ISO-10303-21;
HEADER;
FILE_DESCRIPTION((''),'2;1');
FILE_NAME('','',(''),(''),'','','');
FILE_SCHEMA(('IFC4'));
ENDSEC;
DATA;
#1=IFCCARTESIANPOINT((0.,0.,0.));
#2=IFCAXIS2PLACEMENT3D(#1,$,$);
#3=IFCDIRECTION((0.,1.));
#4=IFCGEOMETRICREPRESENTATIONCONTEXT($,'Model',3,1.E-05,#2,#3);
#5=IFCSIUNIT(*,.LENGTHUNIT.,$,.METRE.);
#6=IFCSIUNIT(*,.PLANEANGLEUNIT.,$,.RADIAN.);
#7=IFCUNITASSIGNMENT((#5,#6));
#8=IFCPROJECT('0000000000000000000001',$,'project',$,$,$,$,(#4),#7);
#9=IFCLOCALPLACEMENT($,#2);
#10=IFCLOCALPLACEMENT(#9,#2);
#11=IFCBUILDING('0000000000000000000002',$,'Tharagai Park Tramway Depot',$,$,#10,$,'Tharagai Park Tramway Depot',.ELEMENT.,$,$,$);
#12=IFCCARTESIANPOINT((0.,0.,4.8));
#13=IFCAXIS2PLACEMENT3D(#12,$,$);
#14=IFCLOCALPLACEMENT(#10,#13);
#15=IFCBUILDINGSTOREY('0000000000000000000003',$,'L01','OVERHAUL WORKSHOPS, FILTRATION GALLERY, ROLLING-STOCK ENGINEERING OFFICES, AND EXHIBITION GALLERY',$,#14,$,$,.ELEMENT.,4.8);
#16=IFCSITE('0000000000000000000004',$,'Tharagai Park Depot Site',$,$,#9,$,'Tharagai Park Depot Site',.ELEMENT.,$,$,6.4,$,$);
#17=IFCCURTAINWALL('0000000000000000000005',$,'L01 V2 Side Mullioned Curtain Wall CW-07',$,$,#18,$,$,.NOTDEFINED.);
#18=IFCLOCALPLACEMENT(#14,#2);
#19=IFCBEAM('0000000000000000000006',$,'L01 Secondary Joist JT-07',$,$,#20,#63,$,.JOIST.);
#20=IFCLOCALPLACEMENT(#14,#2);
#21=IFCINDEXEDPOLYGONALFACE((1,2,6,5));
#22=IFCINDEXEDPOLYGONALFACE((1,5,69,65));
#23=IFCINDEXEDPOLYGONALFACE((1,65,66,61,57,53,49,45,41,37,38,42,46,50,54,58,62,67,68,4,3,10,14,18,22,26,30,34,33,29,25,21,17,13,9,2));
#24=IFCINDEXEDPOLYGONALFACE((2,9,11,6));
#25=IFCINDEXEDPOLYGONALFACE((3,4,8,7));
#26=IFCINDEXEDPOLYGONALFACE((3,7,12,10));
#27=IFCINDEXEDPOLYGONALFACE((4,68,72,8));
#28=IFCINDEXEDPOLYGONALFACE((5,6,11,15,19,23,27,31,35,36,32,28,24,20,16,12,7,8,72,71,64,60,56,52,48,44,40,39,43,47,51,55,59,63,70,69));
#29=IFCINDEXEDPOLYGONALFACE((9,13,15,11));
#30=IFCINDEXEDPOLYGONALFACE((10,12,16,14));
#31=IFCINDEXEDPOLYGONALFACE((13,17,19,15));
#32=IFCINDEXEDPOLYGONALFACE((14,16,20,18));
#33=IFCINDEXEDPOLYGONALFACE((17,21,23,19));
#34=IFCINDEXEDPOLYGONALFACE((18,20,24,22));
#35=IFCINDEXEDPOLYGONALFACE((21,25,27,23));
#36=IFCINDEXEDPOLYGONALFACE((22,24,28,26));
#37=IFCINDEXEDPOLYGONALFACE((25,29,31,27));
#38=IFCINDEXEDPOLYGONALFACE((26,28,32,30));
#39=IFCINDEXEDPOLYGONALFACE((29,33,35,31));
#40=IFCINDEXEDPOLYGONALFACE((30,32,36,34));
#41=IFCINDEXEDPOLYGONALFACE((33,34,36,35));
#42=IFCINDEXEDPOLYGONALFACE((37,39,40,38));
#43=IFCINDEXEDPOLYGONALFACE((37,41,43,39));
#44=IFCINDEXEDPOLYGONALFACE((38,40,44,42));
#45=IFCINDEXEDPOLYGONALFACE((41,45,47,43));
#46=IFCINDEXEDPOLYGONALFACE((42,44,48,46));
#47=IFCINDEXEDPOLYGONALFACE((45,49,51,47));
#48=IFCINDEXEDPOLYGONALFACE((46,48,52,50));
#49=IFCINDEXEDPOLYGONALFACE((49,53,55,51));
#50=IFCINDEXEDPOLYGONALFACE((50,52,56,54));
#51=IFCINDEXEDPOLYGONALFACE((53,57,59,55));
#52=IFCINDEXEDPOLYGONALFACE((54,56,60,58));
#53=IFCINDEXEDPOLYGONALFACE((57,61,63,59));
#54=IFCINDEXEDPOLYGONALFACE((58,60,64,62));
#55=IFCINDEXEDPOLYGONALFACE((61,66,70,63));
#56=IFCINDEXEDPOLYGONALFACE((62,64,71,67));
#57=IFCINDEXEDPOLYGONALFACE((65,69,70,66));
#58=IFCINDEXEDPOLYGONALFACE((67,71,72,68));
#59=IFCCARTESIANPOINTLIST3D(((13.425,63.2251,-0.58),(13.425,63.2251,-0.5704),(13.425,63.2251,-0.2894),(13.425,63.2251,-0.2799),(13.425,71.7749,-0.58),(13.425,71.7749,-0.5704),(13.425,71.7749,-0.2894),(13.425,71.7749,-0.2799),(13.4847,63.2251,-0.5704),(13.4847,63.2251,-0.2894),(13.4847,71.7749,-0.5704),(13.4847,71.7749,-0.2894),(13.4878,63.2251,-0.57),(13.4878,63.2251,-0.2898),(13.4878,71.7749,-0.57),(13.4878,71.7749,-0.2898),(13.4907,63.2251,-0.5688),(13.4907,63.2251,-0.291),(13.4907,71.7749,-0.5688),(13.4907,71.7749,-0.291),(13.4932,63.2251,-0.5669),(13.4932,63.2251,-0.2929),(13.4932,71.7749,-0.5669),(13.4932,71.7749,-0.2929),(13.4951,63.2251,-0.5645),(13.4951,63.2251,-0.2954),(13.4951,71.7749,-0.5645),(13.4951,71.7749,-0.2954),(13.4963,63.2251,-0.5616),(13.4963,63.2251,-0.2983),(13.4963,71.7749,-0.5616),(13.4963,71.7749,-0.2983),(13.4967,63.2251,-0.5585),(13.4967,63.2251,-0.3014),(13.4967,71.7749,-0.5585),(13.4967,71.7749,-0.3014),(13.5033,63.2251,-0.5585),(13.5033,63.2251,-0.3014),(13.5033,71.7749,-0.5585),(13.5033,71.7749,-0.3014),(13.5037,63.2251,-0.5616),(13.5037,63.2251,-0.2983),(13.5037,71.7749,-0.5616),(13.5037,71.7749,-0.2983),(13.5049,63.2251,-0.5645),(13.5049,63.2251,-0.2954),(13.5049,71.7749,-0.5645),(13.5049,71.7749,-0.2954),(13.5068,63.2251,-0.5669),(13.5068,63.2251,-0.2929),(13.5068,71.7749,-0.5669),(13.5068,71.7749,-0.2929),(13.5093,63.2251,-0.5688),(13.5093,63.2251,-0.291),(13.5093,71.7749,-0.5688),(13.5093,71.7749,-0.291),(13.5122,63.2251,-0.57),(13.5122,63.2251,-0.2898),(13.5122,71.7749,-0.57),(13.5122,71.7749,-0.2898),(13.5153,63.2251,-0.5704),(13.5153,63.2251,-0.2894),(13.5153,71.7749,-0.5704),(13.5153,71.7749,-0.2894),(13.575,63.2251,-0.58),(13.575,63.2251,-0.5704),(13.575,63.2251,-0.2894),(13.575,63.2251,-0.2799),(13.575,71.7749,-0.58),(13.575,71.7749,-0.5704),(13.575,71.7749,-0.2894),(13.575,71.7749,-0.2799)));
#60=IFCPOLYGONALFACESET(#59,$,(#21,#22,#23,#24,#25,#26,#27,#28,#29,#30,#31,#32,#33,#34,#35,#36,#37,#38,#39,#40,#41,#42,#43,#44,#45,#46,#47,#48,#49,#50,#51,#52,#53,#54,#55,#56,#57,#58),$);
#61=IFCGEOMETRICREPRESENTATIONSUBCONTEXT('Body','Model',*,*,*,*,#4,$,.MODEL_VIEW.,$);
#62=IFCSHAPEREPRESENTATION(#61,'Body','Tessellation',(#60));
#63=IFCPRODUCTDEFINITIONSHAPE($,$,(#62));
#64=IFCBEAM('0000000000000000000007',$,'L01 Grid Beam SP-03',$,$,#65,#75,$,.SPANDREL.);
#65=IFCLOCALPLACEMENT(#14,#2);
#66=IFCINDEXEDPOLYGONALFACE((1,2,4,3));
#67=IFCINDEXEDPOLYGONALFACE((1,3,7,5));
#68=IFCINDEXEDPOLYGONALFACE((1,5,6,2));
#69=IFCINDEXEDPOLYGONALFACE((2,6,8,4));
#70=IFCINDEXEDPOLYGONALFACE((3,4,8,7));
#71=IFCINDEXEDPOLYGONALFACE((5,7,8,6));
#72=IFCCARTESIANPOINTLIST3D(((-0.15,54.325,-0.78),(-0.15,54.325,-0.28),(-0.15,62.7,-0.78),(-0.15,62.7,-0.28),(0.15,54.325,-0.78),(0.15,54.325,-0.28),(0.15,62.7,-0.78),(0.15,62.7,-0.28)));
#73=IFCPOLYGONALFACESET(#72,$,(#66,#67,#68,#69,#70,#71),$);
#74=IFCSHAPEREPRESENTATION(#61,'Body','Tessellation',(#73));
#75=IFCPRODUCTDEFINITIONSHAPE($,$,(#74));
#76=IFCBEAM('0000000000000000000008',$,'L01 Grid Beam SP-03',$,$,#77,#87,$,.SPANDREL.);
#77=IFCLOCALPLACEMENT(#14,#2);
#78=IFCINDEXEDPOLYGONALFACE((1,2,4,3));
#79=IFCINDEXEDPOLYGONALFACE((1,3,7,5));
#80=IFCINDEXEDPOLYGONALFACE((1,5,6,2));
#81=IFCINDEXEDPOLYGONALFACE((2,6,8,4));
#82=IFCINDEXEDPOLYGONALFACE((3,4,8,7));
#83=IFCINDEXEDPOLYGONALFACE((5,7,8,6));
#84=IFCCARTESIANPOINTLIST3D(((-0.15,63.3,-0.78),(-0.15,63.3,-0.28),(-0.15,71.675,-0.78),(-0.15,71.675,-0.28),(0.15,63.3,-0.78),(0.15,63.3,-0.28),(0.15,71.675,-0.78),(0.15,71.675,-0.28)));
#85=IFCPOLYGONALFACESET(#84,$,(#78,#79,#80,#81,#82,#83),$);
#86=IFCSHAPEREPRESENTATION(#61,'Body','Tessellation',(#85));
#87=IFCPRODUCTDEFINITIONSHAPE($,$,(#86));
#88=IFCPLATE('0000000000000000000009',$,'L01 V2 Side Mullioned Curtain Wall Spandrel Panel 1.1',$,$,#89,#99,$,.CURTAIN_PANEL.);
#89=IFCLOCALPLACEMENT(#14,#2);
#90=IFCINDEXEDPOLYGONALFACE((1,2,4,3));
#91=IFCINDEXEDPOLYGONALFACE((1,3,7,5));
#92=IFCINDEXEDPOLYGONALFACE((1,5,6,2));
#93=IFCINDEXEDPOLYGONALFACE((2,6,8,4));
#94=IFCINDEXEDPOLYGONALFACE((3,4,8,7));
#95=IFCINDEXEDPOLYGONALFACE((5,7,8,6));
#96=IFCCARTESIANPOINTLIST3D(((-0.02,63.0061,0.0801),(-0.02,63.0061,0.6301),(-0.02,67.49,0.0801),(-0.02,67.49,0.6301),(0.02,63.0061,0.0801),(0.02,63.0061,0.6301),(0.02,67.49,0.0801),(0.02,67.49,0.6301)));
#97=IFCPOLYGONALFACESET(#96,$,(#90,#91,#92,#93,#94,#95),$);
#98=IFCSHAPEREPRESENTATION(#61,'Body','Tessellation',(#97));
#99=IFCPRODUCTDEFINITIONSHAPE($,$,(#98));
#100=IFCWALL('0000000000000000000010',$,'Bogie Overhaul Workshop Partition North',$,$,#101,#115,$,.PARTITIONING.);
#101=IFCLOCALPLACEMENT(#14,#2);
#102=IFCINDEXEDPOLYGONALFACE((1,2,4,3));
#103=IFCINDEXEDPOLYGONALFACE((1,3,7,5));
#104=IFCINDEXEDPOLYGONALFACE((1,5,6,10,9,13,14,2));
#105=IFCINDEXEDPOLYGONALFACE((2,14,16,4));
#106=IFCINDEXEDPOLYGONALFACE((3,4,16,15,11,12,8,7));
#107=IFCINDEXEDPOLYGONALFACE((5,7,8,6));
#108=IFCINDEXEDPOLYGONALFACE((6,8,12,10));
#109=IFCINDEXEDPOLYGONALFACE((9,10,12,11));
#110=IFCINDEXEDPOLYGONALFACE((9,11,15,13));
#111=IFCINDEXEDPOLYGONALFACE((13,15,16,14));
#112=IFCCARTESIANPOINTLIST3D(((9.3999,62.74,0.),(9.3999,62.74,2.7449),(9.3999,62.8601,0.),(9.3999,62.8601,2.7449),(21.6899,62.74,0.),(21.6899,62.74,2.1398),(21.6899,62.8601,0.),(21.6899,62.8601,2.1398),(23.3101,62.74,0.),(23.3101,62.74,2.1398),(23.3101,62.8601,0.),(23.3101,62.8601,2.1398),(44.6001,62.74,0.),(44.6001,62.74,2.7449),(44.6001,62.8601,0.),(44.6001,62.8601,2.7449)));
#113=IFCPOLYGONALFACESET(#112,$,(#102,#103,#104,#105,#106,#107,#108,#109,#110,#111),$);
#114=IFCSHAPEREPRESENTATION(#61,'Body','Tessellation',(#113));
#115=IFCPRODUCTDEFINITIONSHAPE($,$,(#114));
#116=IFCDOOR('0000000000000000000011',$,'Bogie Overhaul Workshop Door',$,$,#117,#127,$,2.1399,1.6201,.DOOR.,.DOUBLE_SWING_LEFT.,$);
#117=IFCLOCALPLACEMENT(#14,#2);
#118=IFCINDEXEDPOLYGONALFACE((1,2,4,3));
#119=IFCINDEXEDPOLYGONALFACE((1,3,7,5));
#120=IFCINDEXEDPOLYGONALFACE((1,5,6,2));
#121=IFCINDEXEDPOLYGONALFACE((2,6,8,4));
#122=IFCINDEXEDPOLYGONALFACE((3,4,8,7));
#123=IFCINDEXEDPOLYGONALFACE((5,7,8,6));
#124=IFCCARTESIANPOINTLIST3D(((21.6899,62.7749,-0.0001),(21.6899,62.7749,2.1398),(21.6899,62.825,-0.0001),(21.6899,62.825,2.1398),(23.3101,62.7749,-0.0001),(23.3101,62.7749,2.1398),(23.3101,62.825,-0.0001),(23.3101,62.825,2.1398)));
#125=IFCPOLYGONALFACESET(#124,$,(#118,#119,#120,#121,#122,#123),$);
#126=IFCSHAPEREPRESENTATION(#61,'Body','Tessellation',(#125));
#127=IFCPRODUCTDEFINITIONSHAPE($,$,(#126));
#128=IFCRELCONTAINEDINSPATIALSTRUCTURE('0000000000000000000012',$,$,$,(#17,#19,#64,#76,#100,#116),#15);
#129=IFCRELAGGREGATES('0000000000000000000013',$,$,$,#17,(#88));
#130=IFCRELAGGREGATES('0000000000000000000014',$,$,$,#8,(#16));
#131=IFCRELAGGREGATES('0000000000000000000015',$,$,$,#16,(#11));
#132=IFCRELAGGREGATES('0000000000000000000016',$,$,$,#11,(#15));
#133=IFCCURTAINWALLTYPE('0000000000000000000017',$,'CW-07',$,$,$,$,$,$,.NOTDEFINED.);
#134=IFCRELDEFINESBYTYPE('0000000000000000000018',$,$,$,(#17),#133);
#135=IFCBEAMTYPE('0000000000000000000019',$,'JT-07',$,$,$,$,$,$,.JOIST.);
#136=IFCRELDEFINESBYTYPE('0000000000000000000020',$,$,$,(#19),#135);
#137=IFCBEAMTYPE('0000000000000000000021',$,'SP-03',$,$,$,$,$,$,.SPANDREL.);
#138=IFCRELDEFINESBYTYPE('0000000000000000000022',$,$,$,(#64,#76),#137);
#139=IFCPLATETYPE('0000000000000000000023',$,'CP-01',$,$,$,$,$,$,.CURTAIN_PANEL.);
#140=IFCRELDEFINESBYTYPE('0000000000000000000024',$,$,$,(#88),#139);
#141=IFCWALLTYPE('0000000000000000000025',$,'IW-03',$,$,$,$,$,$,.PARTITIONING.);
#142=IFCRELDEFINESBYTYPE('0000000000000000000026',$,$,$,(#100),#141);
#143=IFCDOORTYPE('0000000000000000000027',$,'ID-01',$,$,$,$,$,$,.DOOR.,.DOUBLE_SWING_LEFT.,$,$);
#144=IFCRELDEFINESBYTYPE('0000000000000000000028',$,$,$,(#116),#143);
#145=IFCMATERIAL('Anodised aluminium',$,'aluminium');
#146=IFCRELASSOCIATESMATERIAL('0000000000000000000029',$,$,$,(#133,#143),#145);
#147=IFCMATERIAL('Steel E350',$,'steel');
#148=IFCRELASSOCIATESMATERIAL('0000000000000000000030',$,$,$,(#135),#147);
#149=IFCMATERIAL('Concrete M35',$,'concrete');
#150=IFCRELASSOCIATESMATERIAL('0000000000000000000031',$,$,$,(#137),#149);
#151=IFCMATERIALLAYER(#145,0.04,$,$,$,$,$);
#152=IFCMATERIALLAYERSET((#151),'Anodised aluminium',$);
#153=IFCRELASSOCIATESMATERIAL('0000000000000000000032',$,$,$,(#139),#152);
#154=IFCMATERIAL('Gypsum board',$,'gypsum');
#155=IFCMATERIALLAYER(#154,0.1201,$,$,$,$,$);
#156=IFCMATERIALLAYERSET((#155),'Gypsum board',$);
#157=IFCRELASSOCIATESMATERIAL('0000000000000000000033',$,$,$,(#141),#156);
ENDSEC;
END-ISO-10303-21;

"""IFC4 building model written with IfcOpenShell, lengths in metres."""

from ifc_helpers import new_model, si_unit, direction, frame, frame_2d, origin, origin_2d, place, context, subcontext, project, spatial, rectangle, i_section, extrude, material, layer, layer_set, material_profile, profile_set, type_object, element, fill, aggregate, save


model = new_model("IFC4")

# Units and contexts
model_context = context("Model", 3, precision=1e-05, world=origin(), true_north=direction((0.0, 1.0)))
body_context = subcontext(model_context, "Body", "Model", "MODEL_VIEW")
ifc_project = project(units=[si_unit("LENGTHUNIT", "METRE"), si_unit("PLANEANGLEUNIT", "RADIAN")], contexts=[model_context])

# Site, building, storey
site_placement = place(None, origin())
site = spatial("IfcSite", under=ifc_project, at=site_placement, Name="Tharagai Park Depot Site", LongName="Tharagai Park Depot Site", CompositionType="ELEMENT", RefElevation=6.4)
building_placement = place(site_placement, origin())
building = spatial("IfcBuilding", under=site, at=building_placement, Name="Tharagai Park Tramway Depot", LongName="Tharagai Park Tramway Depot", CompositionType="ELEMENT")
storey_placement = place(building_placement, frame((0.0, 0.0, 4.8)))
storey = spatial("IfcBuildingStorey", under=building, at=storey_placement, Name="L01", Description="OVERHAUL WORKSHOPS, FILTRATION GALLERY, ROLLING-STOCK ENGINEERING OFFICES, AND EXHIBITION GALLERY", CompositionType="ELEMENT", Elevation=4.8)

# Shared definitions
ifc_material_1 = material(Name="Steel E350", Category="steel")

# Shared definitions
ifc_material_2 = material(Name="Concrete M35", Category="concrete")

# Curtain wall
ifc_material_3 = material(Name="Anodised aluminium", Category="aluminium")
curtain_wall_type = type_object("IfcCurtainWallType", Name="CW-07", PredefinedType="NOTDEFINED", material=ifc_material_3)
curtain_wall_placement = place(storey_placement, origin())
curtain_wall = element("IfcCurtainWall", 1, at=curtain_wall_placement, inside=storey, type_object=curtain_wall_type, Name="L01 V2 Side Mullioned Curtain Wall CW-07", PredefinedType="NOTDEFINED")

# Beams
ifc_material_profile_1 = material_profile(ifc_material_1, i_section(OverallWidth=0.1499, OverallDepth=0.3, WebThickness=0.0066, FlangeThickness=0.0095, FilletRadius=0.012, at=origin_2d()), Name="ISLB 300")
ifc_profile_set_1 = profile_set([ifc_material_profile_1], Name="Steel E350")
beam_type_1 = type_object("IfcBeamType", Name="JT-07", PredefinedType="JOIST", material=ifc_profile_set_1)
for number, where, z_axis, x_axis, name in (
    (2, (13.5, 63.2251, -0.4299), (0.0, 1.0, 0.0), (-1.0, 0.0, 0.0), "L01 Secondary Joist JT-07"),
):
    element("IfcBeam", number, at=place(storey_placement, frame(where, z_axis=z_axis, x_axis=x_axis)), inside=storey, type_object=beam_type_1, Name=name, PredefinedType="JOIST", context=body_context, shape_type="SweptSolid", body=[
        extrude(i_section(OverallWidth=0.1499, OverallDepth=0.3, WebThickness=0.0066, FlangeThickness=0.0095, FilletRadius=0.012, at=origin_2d()), origin(), (0.0, 0.0, 1.0), 8.5498),
    ])
ifc_material_profile_2 = material_profile(ifc_material_2, rectangle(XDim=0.3, YDim=0.5, at=origin_2d()), Name="RC 300x500")
ifc_profile_set_2 = profile_set([ifc_material_profile_2], Name="Concrete M35")
beam_type_2 = type_object("IfcBeamType", Name="SP-03", PredefinedType="SPANDREL", material=ifc_profile_set_2)
for number, where, z_axis, x_axis, name in (
    (3, (0.0, 54.325, -0.53), (0.0, 1.0, 0.0), (-1.0, 0.0, 0.0), "L01 Grid Beam SP-03"),
    (4, (0.0, 63.3, -0.53), (0.0, 1.0, 0.0), (-1.0, 0.0, 0.0), "L01 Grid Beam SP-03"),
):
    element("IfcBeam", number, at=place(storey_placement, frame(where, z_axis=z_axis, x_axis=x_axis)), inside=storey, type_object=beam_type_2, Name=name, PredefinedType="SPANDREL", context=body_context, shape_type="SweptSolid", body=[
        extrude(rectangle(XDim=0.3, YDim=0.5, at=origin_2d()), origin(), (0.0, 0.0, 1.0), 8.375),
    ])

# Plate
ifc_layer_1 = layer(ifc_material_3, 0.04)
ifc_layer_set_1 = layer_set([ifc_layer_1], Name="Anodised aluminium")
plate_type = type_object("IfcPlateType", Name="CP-01", PredefinedType="CURTAIN_PANEL", material=ifc_layer_set_1)
plate_placement = place(storey_placement, frame((0.0, 65.248, 0.0801), z_axis=(0.0, 0.0, 1.0), x_axis=(0.0, 1.0, 0.0)))
plate = element("IfcPlate", 5, at=plate_placement, type_object=plate_type, Name="L01 V2 Side Mullioned Curtain Wall Spandrel Panel 1.1", PredefinedType="CURTAIN_PANEL", context=body_context, shape_type="SweptSolid", body=[
    extrude(rectangle(XDim=4.4839, YDim=0.04, at=origin_2d()), origin(), (0.0, 0.0, 1.0), 0.55),
])
aggregate(curtain_wall, [plate])

# Wall, opening, door
ifc_material_4 = material(Name="Gypsum board", Category="gypsum")
ifc_layer_2 = layer(ifc_material_4, 0.1201)
ifc_layer_set_2 = layer_set([ifc_layer_2], Name="Gypsum board")
wall_type = type_object("IfcWallType", Name="IW-03", PredefinedType="PARTITIONING", material=ifc_layer_set_2)
wall_placement = place(storey_placement, frame((9.3999, 62.8, 0.0), z_axis=(0.0, 0.0, 1.0), x_axis=(1.0, 0.0, 0.0)))
wall = element("IfcWall", 6, at=wall_placement, inside=storey, type_object=wall_type, Name="Bogie Overhaul Workshop Partition North", PredefinedType="PARTITIONING", context=body_context, shape_type="SweptSolid", body=[
    extrude(rectangle(XDim=35.2002, YDim=0.1201, at=frame_2d((17.6001, 0.0))), origin(), (0.0, 0.0, 1.0), 2.7449),
])
opening_placement = place(wall_placement, frame((12.29, 0.0, 0.0)))
opening = element("IfcOpeningElement", 7, at=opening_placement, cuts=wall, PredefinedType="OPENING", context=body_context, shape_type="SweptSolid", body=[
    extrude(rectangle(XDim=1.6201, YDim=2.1399, at=frame_2d((0.8101, 1.0698))), frame((0.0, 0.0701, 0.0), z_axis=(0.0, -1.0, 0.0), x_axis=(1.0, 0.0, 0.0)), (0.0, 0.0, 1.0), 0.1401),
])
door_type = type_object("IfcDoorType", Name="ID-01", OperationType="DOUBLE_SWING_LEFT", PredefinedType="DOOR", material=ifc_material_3)
door_placement = place(opening_placement, origin())
door = element("IfcDoor", 8, at=door_placement, inside=storey, type_object=door_type, Name="Bogie Overhaul Workshop Door", OperationType="DOUBLE_SWING_LEFT", OverallHeight=2.1399, OverallWidth=1.6201, PredefinedType="DOOR", context=body_context, shape_type="SweptSolid", body=[
    extrude(rectangle(XDim=1.6201, YDim=2.1399, at=frame_2d((0.8101, 1.0698))), frame((0.0, 0.0249, 0.0), z_axis=(0.0, -1.0, 0.0), x_axis=(1.0, 0.0, 0.0)), (0.0, 0.0, 1.0), 0.05),
])
fill(opening, door)

save(model, "model.ifc")
